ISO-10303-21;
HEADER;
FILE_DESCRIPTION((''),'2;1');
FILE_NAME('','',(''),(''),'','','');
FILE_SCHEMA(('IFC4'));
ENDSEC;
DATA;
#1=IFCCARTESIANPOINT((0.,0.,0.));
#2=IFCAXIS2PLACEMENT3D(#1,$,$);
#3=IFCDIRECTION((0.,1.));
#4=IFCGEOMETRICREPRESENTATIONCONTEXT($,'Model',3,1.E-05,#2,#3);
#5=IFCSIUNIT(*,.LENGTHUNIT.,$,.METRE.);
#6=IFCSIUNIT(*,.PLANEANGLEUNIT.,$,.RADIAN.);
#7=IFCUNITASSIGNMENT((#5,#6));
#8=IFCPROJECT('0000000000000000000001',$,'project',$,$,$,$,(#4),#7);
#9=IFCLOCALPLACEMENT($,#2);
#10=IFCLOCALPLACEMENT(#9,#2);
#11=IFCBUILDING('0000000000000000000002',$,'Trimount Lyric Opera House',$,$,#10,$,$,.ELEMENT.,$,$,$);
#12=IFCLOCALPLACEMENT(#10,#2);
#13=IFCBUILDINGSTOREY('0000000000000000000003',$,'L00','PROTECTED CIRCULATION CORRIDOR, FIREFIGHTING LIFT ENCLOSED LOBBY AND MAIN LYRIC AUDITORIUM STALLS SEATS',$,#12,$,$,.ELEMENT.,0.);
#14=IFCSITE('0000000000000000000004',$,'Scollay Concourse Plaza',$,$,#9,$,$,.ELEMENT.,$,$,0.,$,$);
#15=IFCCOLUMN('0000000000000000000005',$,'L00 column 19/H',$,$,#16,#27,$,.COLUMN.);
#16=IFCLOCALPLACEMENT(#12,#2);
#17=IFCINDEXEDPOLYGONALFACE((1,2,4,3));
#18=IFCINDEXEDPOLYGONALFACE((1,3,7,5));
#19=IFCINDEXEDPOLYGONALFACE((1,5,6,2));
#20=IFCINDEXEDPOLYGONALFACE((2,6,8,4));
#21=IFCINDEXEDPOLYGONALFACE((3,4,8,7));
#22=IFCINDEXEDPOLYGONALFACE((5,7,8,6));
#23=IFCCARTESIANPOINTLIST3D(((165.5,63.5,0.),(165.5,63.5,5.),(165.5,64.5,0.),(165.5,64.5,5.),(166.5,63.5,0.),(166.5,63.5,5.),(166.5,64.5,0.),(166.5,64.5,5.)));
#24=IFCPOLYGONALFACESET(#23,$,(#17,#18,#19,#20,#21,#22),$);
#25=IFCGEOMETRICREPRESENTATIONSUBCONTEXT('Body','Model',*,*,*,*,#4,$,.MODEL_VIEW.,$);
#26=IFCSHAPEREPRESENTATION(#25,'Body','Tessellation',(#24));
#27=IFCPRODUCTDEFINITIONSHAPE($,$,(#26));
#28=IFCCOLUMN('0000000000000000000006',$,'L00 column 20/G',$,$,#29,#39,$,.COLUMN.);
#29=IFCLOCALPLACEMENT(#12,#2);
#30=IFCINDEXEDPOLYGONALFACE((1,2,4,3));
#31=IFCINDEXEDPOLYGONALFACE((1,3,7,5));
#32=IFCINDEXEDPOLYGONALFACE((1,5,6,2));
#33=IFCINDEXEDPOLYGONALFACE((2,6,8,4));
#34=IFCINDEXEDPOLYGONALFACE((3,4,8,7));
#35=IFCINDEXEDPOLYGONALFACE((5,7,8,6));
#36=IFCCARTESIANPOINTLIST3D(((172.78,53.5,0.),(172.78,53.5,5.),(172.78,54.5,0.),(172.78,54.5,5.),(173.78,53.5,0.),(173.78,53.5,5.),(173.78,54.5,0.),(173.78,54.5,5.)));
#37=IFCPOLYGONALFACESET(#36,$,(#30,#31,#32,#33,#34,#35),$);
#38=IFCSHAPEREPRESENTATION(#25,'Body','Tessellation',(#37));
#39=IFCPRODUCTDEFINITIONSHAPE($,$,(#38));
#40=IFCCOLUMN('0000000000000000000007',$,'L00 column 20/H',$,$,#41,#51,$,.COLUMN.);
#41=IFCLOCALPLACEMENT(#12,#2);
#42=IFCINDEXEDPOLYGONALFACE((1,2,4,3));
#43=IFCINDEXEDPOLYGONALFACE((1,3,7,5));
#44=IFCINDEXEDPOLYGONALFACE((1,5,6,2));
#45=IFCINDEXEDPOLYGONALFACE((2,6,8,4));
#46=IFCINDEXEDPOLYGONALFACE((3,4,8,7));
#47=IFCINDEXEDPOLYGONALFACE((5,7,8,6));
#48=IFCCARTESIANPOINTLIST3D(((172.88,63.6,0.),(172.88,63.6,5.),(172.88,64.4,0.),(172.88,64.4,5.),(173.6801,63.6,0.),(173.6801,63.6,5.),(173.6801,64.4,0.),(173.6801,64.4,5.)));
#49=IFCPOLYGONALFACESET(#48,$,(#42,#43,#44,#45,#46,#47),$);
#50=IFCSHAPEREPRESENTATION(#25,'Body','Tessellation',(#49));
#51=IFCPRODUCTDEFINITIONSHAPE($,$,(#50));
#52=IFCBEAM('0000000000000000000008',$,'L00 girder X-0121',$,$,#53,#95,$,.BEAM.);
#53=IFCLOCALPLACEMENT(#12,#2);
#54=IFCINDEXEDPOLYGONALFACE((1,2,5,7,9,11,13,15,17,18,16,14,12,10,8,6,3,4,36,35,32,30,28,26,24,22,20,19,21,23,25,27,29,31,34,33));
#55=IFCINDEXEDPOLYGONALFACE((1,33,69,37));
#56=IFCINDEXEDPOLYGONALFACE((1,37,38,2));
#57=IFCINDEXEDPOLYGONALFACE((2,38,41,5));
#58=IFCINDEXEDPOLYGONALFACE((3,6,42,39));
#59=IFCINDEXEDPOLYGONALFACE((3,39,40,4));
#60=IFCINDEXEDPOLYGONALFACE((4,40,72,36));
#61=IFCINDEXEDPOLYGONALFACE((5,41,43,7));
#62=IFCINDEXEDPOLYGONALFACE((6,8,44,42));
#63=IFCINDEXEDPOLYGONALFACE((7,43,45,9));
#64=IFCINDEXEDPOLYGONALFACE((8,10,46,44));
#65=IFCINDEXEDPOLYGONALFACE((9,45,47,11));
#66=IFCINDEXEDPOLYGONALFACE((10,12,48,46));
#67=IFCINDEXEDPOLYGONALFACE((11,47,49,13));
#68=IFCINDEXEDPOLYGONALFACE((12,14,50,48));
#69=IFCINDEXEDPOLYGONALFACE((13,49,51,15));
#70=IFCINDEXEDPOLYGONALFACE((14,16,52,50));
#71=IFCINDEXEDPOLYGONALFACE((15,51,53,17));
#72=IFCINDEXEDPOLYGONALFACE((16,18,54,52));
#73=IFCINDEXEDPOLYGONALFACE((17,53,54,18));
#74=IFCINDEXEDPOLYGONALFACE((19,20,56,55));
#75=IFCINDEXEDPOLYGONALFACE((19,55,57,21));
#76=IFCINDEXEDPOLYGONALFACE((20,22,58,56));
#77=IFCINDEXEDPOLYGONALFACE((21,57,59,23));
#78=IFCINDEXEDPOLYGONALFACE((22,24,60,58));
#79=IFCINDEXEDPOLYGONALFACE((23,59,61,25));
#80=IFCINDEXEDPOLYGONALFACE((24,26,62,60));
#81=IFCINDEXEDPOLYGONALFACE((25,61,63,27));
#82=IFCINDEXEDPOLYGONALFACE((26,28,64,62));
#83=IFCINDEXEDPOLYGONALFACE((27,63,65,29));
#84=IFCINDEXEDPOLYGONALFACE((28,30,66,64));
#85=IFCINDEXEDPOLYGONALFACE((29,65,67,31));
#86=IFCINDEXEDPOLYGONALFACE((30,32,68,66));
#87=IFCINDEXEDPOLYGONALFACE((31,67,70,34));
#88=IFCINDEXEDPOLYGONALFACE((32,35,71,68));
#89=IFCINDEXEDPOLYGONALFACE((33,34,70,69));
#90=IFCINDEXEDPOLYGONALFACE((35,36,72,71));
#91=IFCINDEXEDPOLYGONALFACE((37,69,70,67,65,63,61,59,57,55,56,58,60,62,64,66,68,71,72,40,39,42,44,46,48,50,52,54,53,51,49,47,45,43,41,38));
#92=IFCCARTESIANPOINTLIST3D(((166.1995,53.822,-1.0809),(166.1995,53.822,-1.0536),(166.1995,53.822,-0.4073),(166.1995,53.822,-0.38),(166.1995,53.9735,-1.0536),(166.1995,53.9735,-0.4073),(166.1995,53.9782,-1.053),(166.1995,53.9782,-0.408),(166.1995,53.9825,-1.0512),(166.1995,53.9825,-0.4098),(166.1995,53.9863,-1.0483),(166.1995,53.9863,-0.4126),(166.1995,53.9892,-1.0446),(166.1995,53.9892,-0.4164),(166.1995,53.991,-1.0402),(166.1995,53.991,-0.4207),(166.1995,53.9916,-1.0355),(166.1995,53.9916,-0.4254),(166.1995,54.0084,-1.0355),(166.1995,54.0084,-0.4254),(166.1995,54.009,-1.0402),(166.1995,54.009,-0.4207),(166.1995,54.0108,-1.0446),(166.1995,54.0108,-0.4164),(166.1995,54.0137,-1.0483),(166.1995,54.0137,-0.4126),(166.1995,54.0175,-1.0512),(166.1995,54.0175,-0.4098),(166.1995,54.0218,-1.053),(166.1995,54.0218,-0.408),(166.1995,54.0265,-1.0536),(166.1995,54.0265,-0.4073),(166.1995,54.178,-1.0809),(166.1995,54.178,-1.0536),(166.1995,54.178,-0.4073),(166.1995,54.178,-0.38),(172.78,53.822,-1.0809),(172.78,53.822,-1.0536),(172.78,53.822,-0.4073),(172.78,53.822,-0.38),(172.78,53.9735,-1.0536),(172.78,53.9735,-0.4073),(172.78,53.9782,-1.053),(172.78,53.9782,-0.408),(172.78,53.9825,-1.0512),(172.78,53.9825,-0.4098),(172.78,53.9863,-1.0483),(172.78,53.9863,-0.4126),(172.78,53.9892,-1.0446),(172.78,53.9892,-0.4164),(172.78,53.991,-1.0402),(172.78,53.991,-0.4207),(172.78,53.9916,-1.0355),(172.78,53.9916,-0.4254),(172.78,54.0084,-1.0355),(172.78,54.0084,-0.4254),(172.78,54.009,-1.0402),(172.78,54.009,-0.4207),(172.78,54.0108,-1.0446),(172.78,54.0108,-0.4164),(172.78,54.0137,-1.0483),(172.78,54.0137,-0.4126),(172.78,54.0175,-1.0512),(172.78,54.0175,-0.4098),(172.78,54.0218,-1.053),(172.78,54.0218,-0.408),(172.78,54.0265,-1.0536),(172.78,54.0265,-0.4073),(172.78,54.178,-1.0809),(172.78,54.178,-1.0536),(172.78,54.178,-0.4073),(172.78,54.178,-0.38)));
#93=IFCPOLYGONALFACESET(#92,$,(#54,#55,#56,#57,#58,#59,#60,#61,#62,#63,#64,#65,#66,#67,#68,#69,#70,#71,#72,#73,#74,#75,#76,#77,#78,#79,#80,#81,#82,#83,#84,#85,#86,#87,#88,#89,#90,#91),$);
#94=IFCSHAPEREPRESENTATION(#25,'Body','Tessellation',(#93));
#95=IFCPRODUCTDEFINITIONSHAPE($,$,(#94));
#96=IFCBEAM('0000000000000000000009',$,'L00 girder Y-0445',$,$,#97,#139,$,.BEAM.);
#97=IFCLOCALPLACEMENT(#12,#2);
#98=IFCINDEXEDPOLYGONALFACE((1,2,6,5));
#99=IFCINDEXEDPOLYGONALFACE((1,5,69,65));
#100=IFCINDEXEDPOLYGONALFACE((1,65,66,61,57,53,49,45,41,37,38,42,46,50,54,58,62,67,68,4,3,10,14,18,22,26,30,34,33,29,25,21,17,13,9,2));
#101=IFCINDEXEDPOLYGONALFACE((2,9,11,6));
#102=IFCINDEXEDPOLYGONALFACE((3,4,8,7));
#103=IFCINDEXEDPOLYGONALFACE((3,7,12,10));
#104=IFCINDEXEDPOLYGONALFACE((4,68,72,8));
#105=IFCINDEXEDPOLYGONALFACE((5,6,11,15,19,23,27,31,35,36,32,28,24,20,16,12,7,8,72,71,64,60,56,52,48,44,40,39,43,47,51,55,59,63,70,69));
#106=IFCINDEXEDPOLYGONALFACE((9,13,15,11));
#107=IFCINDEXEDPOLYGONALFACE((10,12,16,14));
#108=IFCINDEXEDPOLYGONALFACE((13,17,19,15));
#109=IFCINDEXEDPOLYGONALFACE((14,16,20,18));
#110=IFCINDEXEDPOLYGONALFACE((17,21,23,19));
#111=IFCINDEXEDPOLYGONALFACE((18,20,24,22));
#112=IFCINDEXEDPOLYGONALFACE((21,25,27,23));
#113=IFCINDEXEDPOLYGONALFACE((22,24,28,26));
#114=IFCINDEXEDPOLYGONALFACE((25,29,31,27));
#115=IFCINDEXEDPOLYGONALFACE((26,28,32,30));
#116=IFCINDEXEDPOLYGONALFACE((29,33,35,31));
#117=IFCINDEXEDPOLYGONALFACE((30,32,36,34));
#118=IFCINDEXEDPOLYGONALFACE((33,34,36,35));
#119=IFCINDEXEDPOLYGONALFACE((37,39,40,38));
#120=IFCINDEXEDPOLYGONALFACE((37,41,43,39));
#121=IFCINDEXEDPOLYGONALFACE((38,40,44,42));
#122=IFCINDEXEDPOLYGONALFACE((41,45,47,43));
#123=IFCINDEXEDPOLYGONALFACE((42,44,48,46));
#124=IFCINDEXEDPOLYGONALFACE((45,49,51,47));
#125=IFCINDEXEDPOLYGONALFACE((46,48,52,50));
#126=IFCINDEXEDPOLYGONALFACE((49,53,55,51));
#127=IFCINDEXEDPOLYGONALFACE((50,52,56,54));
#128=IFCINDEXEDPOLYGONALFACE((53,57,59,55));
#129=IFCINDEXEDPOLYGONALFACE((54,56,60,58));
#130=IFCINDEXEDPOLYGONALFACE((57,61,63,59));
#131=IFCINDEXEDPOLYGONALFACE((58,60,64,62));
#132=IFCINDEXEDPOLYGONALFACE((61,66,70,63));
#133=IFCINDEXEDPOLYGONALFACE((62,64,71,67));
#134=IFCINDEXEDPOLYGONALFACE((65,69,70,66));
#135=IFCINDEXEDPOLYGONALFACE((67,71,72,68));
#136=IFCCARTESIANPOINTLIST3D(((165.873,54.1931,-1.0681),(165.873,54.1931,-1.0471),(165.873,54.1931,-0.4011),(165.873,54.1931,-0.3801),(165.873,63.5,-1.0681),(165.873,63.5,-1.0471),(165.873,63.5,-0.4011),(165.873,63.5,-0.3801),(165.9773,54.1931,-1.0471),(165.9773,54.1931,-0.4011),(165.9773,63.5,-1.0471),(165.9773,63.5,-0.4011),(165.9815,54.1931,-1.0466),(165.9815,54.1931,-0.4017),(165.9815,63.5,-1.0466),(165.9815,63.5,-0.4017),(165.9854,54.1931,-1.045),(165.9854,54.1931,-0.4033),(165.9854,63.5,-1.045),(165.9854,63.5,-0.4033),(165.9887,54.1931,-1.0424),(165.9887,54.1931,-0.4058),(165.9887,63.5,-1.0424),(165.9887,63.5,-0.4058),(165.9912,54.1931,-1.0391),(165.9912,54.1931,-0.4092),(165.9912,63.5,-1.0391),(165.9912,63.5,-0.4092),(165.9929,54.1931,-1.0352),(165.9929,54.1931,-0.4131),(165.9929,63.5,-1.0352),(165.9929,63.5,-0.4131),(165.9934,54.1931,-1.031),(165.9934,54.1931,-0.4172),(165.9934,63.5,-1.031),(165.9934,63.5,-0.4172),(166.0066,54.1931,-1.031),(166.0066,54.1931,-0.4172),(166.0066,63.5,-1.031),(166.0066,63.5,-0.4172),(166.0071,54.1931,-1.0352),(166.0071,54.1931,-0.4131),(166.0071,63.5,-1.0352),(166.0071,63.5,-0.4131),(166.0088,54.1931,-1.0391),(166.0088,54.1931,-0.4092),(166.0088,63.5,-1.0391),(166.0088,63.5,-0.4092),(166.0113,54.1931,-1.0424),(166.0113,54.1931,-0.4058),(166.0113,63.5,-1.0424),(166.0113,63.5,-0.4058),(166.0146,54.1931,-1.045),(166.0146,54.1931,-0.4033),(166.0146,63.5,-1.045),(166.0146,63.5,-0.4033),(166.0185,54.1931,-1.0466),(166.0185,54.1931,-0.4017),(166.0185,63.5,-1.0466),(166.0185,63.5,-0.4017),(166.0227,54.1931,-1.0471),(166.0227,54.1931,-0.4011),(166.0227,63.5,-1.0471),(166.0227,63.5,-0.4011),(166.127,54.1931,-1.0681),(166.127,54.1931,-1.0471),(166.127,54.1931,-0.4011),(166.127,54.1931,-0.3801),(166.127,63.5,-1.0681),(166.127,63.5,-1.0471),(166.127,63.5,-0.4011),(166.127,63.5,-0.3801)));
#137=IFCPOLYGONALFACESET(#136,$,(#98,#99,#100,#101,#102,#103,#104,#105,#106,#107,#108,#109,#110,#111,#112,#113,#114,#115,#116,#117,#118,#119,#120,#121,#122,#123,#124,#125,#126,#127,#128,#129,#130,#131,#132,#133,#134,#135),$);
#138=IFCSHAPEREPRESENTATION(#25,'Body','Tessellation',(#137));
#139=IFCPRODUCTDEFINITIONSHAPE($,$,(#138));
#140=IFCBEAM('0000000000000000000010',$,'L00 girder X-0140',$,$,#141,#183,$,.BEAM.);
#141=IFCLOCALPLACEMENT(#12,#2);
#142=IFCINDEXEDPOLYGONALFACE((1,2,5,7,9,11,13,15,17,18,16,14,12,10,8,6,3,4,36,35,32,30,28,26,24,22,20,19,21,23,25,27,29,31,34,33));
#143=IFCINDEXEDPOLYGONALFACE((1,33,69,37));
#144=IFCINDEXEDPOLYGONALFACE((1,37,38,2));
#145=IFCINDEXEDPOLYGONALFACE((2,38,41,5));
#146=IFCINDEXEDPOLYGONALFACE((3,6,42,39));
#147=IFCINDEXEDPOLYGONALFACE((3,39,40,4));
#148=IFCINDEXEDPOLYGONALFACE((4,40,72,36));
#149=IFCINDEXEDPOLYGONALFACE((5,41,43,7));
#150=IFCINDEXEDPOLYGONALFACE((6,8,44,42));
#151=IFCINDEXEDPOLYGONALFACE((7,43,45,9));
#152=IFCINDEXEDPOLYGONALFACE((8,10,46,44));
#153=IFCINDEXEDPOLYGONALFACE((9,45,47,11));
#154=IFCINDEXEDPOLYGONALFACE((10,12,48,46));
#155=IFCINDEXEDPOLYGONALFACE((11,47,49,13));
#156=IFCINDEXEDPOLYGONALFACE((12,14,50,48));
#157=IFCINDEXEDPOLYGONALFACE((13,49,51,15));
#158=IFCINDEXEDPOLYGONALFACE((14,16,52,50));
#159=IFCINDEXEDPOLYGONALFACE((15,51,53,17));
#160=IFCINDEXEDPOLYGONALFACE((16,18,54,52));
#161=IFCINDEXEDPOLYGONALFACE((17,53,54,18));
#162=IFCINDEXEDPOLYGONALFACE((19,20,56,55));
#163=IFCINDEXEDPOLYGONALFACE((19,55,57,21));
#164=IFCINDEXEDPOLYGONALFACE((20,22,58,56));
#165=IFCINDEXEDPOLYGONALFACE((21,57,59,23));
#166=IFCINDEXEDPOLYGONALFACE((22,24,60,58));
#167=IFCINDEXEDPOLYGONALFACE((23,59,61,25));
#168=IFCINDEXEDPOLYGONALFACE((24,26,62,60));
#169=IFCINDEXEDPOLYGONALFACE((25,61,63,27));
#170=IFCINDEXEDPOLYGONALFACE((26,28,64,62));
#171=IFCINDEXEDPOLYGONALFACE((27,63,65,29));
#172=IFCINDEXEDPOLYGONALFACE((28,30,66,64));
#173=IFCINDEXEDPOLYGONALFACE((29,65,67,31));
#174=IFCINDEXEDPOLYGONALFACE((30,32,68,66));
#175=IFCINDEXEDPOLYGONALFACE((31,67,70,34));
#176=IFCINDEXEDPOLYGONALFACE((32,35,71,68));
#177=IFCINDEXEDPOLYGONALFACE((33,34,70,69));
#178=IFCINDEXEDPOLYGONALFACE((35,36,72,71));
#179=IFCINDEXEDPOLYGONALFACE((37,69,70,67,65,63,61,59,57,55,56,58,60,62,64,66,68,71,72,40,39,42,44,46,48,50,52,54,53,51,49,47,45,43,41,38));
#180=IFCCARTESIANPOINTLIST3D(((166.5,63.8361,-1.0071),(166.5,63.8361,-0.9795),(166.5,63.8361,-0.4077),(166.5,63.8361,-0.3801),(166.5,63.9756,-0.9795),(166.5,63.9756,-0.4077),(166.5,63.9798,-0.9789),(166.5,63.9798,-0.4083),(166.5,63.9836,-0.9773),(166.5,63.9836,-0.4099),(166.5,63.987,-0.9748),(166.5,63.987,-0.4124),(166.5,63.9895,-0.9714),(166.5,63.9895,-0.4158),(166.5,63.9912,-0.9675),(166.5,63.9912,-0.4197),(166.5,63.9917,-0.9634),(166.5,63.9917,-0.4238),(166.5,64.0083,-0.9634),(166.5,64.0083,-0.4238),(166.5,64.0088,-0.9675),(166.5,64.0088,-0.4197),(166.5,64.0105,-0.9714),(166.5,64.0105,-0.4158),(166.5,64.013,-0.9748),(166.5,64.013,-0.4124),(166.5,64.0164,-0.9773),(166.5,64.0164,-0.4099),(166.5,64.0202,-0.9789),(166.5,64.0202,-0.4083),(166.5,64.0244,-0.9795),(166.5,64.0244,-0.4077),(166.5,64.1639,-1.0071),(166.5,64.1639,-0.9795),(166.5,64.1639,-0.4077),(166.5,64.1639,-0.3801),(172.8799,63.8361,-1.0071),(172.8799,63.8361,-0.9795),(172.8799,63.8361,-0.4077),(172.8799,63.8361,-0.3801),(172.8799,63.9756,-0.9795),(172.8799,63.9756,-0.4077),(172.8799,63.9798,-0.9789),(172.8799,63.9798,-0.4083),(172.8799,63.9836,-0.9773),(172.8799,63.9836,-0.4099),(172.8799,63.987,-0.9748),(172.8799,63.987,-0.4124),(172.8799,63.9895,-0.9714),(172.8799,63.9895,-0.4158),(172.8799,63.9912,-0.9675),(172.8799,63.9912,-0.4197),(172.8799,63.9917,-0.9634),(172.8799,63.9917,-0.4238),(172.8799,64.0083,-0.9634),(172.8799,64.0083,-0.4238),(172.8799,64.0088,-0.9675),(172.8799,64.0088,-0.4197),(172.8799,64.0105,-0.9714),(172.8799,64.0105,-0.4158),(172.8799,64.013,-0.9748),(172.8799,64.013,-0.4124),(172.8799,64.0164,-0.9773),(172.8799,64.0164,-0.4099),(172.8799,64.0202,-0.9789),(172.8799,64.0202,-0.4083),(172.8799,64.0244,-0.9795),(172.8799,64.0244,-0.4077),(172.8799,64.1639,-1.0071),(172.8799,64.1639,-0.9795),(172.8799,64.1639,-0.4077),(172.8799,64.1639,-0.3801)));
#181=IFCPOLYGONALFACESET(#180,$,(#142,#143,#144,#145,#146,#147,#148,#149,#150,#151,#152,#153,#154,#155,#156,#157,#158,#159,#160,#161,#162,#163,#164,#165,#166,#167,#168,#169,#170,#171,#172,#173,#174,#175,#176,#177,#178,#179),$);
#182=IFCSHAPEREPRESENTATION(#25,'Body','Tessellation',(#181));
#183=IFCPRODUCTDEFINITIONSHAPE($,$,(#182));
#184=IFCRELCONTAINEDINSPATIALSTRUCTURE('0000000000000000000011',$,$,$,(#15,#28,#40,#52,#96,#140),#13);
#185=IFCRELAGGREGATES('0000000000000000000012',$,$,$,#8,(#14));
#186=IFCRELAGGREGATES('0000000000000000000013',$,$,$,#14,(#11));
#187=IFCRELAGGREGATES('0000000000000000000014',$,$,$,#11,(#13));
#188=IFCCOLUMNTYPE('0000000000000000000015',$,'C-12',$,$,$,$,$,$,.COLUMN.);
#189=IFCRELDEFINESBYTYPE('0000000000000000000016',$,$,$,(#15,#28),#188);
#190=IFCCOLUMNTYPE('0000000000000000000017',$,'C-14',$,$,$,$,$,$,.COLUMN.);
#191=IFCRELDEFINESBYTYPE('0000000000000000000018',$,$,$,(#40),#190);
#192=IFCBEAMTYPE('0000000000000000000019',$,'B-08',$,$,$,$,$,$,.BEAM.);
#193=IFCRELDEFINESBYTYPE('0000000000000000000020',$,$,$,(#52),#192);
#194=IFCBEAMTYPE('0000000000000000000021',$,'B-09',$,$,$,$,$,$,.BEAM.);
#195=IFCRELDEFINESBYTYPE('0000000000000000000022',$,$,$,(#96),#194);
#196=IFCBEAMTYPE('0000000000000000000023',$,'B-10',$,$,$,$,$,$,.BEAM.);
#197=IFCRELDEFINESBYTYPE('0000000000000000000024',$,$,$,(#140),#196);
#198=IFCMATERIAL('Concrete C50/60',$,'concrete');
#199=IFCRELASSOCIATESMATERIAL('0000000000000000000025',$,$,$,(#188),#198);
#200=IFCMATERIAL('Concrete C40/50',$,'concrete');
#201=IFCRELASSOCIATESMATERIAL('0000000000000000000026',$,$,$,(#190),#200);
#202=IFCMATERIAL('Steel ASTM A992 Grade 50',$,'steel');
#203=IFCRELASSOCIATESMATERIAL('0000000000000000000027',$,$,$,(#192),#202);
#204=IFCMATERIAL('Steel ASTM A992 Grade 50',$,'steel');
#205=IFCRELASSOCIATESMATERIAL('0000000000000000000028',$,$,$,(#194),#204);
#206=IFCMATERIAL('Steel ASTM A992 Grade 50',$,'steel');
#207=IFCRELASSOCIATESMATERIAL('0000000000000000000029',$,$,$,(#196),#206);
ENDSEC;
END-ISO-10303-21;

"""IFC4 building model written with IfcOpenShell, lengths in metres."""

from ifc_helpers import new_model, si_unit, direction, frame, origin, origin_2d, place, context, subcontext, project, spatial, rectangle, i_section, extrude, material, material_profile, profile_set, type_object, element, save


model = new_model("IFC4")

# Units and contexts
model_context = context("Model", 3, precision=1e-05, world=origin(), true_north=direction((0.0, 1.0)))
body_context = subcontext(model_context, "Body", "Model", "MODEL_VIEW")
ifc_project = project(units=[si_unit("LENGTHUNIT", "METRE"), si_unit("PLANEANGLEUNIT", "RADIAN")], contexts=[model_context])

# Site, building, storey
site_placement = place(None, origin())
site = spatial("IfcSite", under=ifc_project, at=site_placement, Name="Scollay Concourse Plaza", CompositionType="ELEMENT", RefElevation=0.0)
building_placement = place(site_placement, origin())
building = spatial("IfcBuilding", under=site, at=building_placement, Name="Trimount Lyric Opera House", CompositionType="ELEMENT")
storey_placement = place(building_placement, origin())
storey = spatial("IfcBuildingStorey", under=building, at=storey_placement, Name="L00", Description="PROTECTED CIRCULATION CORRIDOR, FIREFIGHTING LIFT ENCLOSED LOBBY AND MAIN LYRIC AUDITORIUM STALLS SEATS", CompositionType="ELEMENT", Elevation=0.0)

# Columns
ifc_material_1 = material(Name="Concrete C50/60", Category="concrete")
ifc_material_profile_1 = material_profile(ifc_material_1, rectangle(XDim=1.0, YDim=1.0, at=origin_2d()), Name="RC1000X1000")
ifc_profile_set_1 = profile_set([ifc_material_profile_1], Name="Concrete C50/60")
column_type_1 = type_object("IfcColumnType", Name="C-12", PredefinedType="COLUMN", material=ifc_profile_set_1)
for number, where, z_axis, x_axis, name in (
    (1, (166.0, 64.0, 0.0), (0.0, 0.0, 1.0), (1.0, 0.0, 0.0), "L00 column 19/H"),
    (2, (173.28, 54.0, 0.0), (0.0, 0.0, 1.0), (1.0, 0.0, 0.0), "L00 column 20/G"),
):
    element("IfcColumn", number, at=place(storey_placement, frame(where, z_axis=z_axis, x_axis=x_axis)), inside=storey, type_object=column_type_1, Name=name, PredefinedType="COLUMN", context=body_context, shape_type="SweptSolid", body=[
        extrude(rectangle(XDim=1.0, YDim=1.0, at=origin_2d()), origin(), (0.0, 0.0, 1.0), 5.0),
    ])
ifc_material_2 = material(Name="Concrete C40/50", Category="concrete")
ifc_material_profile_2 = material_profile(ifc_material_2, rectangle(XDim=0.8, YDim=0.8, at=origin_2d()), Name="RC800X800")
ifc_profile_set_2 = profile_set([ifc_material_profile_2], Name="Concrete C40/50")
column_type_2 = type_object("IfcColumnType", Name="C-14", PredefinedType="COLUMN", material=ifc_profile_set_2)
column_placement = place(storey_placement, frame((173.28, 64.0, 0.0), z_axis=(0.0, 0.0, 1.0), x_axis=(1.0, 0.0, 0.0)))
element("IfcColumn", 3, at=column_placement, inside=storey, type_object=column_type_2, Name="L00 column 20/H", PredefinedType="COLUMN", context=body_context, shape_type="SweptSolid", body=[
    extrude(rectangle(XDim=0.8, YDim=0.8, at=origin_2d()), origin(), (0.0, 0.0, 1.0), 5.0),
])

# Beams
ifc_material_3 = material(Name="Steel ASTM A992 Grade 50", Category="steel")
ifc_material_profile_3 = material_profile(ifc_material_3, i_section(OverallWidth=0.356, OverallDepth=0.7009, WebThickness=0.0168, FlangeThickness=0.0273, FilletRadius=0.0181, at=origin_2d()), Name="W27X161")
ifc_profile_set_3 = profile_set([ifc_material_profile_3], Name="Steel ASTM A992 Grade 50")
beam_type_1 = type_object("IfcBeamType", Name="B-08", PredefinedType="BEAM", material=ifc_profile_set_3)
beam_1_placement = place(storey_placement, frame((166.1995, 54.0, -0.7305), z_axis=(1.0, 0.0, 0.0), x_axis=(0.0, 1.0, 0.0)))
element("IfcBeam", 4, at=beam_1_placement, inside=storey, type_object=beam_type_1, Name="L00 girder X-0121", PredefinedType="BEAM", context=body_context, shape_type="SweptSolid", body=[
    extrude(i_section(OverallWidth=0.356, OverallDepth=0.7009, WebThickness=0.0168, FlangeThickness=0.0273, FilletRadius=0.0181, at=origin_2d()), origin(), (0.0, 0.0, 1.0), 6.5806),
])
ifc_material_4 = material(Name="Steel ASTM A992 Grade 50", Category="steel")
ifc_material_profile_4 = material_profile(ifc_material_4, i_section(OverallWidth=0.2539, OverallDepth=0.688, WebThickness=0.0132, FlangeThickness=0.021, FilletRadius=0.0161, at=origin_2d()), Name="W27X102")
ifc_profile_set_4 = profile_set([ifc_material_profile_4], Name="Steel ASTM A992 Grade 50")
beam_type_2 = type_object("IfcBeamType", Name="B-09", PredefinedType="BEAM", material=ifc_profile_set_4)
beam_2_placement = place(storey_placement, frame((166.0, 54.1931, -0.7241), z_axis=(0.0, 1.0, 0.0), x_axis=(-1.0, 0.0, 0.0)))
element("IfcBeam", 5, at=beam_2_placement, inside=storey, type_object=beam_type_2, Name="L00 girder Y-0445", PredefinedType="BEAM", context=body_context, shape_type="SweptSolid", body=[
    extrude(i_section(OverallWidth=0.2539, OverallDepth=0.688, WebThickness=0.0132, FlangeThickness=0.021, FilletRadius=0.0161, at=origin_2d()), origin(), (0.0, 0.0, 1.0), 9.3069),
])
ifc_material_5 = material(Name="Steel ASTM A992 Grade 50", Category="steel")
ifc_material_profile_5 = material_profile(ifc_material_5, i_section(OverallWidth=0.3279, OverallDepth=0.627, WebThickness=0.0166, FlangeThickness=0.0276, FilletRadius=0.0161, at=origin_2d()), Name="W24X146")
ifc_profile_set_5 = profile_set([ifc_material_profile_5], Name="Steel ASTM A992 Grade 50")
beam_type_3 = type_object("IfcBeamType", Name="B-10", PredefinedType="BEAM", material=ifc_profile_set_5)
beam_3_placement = place(storey_placement, frame((166.5, 64.0, -0.6936), z_axis=(1.0, 0.0, 0.0), x_axis=(0.0, 1.0, 0.0)))
element("IfcBeam", 6, at=beam_3_placement, inside=storey, type_object=beam_type_3, Name="L00 girder X-0140", PredefinedType="BEAM", context=body_context, shape_type="SweptSolid", body=[
    extrude(i_section(OverallWidth=0.3279, OverallDepth=0.627, WebThickness=0.0166, FlangeThickness=0.0276, FilletRadius=0.0161, at=origin_2d()), origin(), (0.0, 0.0, 1.0), 6.3799),
])

save(model, "model.ifc")
